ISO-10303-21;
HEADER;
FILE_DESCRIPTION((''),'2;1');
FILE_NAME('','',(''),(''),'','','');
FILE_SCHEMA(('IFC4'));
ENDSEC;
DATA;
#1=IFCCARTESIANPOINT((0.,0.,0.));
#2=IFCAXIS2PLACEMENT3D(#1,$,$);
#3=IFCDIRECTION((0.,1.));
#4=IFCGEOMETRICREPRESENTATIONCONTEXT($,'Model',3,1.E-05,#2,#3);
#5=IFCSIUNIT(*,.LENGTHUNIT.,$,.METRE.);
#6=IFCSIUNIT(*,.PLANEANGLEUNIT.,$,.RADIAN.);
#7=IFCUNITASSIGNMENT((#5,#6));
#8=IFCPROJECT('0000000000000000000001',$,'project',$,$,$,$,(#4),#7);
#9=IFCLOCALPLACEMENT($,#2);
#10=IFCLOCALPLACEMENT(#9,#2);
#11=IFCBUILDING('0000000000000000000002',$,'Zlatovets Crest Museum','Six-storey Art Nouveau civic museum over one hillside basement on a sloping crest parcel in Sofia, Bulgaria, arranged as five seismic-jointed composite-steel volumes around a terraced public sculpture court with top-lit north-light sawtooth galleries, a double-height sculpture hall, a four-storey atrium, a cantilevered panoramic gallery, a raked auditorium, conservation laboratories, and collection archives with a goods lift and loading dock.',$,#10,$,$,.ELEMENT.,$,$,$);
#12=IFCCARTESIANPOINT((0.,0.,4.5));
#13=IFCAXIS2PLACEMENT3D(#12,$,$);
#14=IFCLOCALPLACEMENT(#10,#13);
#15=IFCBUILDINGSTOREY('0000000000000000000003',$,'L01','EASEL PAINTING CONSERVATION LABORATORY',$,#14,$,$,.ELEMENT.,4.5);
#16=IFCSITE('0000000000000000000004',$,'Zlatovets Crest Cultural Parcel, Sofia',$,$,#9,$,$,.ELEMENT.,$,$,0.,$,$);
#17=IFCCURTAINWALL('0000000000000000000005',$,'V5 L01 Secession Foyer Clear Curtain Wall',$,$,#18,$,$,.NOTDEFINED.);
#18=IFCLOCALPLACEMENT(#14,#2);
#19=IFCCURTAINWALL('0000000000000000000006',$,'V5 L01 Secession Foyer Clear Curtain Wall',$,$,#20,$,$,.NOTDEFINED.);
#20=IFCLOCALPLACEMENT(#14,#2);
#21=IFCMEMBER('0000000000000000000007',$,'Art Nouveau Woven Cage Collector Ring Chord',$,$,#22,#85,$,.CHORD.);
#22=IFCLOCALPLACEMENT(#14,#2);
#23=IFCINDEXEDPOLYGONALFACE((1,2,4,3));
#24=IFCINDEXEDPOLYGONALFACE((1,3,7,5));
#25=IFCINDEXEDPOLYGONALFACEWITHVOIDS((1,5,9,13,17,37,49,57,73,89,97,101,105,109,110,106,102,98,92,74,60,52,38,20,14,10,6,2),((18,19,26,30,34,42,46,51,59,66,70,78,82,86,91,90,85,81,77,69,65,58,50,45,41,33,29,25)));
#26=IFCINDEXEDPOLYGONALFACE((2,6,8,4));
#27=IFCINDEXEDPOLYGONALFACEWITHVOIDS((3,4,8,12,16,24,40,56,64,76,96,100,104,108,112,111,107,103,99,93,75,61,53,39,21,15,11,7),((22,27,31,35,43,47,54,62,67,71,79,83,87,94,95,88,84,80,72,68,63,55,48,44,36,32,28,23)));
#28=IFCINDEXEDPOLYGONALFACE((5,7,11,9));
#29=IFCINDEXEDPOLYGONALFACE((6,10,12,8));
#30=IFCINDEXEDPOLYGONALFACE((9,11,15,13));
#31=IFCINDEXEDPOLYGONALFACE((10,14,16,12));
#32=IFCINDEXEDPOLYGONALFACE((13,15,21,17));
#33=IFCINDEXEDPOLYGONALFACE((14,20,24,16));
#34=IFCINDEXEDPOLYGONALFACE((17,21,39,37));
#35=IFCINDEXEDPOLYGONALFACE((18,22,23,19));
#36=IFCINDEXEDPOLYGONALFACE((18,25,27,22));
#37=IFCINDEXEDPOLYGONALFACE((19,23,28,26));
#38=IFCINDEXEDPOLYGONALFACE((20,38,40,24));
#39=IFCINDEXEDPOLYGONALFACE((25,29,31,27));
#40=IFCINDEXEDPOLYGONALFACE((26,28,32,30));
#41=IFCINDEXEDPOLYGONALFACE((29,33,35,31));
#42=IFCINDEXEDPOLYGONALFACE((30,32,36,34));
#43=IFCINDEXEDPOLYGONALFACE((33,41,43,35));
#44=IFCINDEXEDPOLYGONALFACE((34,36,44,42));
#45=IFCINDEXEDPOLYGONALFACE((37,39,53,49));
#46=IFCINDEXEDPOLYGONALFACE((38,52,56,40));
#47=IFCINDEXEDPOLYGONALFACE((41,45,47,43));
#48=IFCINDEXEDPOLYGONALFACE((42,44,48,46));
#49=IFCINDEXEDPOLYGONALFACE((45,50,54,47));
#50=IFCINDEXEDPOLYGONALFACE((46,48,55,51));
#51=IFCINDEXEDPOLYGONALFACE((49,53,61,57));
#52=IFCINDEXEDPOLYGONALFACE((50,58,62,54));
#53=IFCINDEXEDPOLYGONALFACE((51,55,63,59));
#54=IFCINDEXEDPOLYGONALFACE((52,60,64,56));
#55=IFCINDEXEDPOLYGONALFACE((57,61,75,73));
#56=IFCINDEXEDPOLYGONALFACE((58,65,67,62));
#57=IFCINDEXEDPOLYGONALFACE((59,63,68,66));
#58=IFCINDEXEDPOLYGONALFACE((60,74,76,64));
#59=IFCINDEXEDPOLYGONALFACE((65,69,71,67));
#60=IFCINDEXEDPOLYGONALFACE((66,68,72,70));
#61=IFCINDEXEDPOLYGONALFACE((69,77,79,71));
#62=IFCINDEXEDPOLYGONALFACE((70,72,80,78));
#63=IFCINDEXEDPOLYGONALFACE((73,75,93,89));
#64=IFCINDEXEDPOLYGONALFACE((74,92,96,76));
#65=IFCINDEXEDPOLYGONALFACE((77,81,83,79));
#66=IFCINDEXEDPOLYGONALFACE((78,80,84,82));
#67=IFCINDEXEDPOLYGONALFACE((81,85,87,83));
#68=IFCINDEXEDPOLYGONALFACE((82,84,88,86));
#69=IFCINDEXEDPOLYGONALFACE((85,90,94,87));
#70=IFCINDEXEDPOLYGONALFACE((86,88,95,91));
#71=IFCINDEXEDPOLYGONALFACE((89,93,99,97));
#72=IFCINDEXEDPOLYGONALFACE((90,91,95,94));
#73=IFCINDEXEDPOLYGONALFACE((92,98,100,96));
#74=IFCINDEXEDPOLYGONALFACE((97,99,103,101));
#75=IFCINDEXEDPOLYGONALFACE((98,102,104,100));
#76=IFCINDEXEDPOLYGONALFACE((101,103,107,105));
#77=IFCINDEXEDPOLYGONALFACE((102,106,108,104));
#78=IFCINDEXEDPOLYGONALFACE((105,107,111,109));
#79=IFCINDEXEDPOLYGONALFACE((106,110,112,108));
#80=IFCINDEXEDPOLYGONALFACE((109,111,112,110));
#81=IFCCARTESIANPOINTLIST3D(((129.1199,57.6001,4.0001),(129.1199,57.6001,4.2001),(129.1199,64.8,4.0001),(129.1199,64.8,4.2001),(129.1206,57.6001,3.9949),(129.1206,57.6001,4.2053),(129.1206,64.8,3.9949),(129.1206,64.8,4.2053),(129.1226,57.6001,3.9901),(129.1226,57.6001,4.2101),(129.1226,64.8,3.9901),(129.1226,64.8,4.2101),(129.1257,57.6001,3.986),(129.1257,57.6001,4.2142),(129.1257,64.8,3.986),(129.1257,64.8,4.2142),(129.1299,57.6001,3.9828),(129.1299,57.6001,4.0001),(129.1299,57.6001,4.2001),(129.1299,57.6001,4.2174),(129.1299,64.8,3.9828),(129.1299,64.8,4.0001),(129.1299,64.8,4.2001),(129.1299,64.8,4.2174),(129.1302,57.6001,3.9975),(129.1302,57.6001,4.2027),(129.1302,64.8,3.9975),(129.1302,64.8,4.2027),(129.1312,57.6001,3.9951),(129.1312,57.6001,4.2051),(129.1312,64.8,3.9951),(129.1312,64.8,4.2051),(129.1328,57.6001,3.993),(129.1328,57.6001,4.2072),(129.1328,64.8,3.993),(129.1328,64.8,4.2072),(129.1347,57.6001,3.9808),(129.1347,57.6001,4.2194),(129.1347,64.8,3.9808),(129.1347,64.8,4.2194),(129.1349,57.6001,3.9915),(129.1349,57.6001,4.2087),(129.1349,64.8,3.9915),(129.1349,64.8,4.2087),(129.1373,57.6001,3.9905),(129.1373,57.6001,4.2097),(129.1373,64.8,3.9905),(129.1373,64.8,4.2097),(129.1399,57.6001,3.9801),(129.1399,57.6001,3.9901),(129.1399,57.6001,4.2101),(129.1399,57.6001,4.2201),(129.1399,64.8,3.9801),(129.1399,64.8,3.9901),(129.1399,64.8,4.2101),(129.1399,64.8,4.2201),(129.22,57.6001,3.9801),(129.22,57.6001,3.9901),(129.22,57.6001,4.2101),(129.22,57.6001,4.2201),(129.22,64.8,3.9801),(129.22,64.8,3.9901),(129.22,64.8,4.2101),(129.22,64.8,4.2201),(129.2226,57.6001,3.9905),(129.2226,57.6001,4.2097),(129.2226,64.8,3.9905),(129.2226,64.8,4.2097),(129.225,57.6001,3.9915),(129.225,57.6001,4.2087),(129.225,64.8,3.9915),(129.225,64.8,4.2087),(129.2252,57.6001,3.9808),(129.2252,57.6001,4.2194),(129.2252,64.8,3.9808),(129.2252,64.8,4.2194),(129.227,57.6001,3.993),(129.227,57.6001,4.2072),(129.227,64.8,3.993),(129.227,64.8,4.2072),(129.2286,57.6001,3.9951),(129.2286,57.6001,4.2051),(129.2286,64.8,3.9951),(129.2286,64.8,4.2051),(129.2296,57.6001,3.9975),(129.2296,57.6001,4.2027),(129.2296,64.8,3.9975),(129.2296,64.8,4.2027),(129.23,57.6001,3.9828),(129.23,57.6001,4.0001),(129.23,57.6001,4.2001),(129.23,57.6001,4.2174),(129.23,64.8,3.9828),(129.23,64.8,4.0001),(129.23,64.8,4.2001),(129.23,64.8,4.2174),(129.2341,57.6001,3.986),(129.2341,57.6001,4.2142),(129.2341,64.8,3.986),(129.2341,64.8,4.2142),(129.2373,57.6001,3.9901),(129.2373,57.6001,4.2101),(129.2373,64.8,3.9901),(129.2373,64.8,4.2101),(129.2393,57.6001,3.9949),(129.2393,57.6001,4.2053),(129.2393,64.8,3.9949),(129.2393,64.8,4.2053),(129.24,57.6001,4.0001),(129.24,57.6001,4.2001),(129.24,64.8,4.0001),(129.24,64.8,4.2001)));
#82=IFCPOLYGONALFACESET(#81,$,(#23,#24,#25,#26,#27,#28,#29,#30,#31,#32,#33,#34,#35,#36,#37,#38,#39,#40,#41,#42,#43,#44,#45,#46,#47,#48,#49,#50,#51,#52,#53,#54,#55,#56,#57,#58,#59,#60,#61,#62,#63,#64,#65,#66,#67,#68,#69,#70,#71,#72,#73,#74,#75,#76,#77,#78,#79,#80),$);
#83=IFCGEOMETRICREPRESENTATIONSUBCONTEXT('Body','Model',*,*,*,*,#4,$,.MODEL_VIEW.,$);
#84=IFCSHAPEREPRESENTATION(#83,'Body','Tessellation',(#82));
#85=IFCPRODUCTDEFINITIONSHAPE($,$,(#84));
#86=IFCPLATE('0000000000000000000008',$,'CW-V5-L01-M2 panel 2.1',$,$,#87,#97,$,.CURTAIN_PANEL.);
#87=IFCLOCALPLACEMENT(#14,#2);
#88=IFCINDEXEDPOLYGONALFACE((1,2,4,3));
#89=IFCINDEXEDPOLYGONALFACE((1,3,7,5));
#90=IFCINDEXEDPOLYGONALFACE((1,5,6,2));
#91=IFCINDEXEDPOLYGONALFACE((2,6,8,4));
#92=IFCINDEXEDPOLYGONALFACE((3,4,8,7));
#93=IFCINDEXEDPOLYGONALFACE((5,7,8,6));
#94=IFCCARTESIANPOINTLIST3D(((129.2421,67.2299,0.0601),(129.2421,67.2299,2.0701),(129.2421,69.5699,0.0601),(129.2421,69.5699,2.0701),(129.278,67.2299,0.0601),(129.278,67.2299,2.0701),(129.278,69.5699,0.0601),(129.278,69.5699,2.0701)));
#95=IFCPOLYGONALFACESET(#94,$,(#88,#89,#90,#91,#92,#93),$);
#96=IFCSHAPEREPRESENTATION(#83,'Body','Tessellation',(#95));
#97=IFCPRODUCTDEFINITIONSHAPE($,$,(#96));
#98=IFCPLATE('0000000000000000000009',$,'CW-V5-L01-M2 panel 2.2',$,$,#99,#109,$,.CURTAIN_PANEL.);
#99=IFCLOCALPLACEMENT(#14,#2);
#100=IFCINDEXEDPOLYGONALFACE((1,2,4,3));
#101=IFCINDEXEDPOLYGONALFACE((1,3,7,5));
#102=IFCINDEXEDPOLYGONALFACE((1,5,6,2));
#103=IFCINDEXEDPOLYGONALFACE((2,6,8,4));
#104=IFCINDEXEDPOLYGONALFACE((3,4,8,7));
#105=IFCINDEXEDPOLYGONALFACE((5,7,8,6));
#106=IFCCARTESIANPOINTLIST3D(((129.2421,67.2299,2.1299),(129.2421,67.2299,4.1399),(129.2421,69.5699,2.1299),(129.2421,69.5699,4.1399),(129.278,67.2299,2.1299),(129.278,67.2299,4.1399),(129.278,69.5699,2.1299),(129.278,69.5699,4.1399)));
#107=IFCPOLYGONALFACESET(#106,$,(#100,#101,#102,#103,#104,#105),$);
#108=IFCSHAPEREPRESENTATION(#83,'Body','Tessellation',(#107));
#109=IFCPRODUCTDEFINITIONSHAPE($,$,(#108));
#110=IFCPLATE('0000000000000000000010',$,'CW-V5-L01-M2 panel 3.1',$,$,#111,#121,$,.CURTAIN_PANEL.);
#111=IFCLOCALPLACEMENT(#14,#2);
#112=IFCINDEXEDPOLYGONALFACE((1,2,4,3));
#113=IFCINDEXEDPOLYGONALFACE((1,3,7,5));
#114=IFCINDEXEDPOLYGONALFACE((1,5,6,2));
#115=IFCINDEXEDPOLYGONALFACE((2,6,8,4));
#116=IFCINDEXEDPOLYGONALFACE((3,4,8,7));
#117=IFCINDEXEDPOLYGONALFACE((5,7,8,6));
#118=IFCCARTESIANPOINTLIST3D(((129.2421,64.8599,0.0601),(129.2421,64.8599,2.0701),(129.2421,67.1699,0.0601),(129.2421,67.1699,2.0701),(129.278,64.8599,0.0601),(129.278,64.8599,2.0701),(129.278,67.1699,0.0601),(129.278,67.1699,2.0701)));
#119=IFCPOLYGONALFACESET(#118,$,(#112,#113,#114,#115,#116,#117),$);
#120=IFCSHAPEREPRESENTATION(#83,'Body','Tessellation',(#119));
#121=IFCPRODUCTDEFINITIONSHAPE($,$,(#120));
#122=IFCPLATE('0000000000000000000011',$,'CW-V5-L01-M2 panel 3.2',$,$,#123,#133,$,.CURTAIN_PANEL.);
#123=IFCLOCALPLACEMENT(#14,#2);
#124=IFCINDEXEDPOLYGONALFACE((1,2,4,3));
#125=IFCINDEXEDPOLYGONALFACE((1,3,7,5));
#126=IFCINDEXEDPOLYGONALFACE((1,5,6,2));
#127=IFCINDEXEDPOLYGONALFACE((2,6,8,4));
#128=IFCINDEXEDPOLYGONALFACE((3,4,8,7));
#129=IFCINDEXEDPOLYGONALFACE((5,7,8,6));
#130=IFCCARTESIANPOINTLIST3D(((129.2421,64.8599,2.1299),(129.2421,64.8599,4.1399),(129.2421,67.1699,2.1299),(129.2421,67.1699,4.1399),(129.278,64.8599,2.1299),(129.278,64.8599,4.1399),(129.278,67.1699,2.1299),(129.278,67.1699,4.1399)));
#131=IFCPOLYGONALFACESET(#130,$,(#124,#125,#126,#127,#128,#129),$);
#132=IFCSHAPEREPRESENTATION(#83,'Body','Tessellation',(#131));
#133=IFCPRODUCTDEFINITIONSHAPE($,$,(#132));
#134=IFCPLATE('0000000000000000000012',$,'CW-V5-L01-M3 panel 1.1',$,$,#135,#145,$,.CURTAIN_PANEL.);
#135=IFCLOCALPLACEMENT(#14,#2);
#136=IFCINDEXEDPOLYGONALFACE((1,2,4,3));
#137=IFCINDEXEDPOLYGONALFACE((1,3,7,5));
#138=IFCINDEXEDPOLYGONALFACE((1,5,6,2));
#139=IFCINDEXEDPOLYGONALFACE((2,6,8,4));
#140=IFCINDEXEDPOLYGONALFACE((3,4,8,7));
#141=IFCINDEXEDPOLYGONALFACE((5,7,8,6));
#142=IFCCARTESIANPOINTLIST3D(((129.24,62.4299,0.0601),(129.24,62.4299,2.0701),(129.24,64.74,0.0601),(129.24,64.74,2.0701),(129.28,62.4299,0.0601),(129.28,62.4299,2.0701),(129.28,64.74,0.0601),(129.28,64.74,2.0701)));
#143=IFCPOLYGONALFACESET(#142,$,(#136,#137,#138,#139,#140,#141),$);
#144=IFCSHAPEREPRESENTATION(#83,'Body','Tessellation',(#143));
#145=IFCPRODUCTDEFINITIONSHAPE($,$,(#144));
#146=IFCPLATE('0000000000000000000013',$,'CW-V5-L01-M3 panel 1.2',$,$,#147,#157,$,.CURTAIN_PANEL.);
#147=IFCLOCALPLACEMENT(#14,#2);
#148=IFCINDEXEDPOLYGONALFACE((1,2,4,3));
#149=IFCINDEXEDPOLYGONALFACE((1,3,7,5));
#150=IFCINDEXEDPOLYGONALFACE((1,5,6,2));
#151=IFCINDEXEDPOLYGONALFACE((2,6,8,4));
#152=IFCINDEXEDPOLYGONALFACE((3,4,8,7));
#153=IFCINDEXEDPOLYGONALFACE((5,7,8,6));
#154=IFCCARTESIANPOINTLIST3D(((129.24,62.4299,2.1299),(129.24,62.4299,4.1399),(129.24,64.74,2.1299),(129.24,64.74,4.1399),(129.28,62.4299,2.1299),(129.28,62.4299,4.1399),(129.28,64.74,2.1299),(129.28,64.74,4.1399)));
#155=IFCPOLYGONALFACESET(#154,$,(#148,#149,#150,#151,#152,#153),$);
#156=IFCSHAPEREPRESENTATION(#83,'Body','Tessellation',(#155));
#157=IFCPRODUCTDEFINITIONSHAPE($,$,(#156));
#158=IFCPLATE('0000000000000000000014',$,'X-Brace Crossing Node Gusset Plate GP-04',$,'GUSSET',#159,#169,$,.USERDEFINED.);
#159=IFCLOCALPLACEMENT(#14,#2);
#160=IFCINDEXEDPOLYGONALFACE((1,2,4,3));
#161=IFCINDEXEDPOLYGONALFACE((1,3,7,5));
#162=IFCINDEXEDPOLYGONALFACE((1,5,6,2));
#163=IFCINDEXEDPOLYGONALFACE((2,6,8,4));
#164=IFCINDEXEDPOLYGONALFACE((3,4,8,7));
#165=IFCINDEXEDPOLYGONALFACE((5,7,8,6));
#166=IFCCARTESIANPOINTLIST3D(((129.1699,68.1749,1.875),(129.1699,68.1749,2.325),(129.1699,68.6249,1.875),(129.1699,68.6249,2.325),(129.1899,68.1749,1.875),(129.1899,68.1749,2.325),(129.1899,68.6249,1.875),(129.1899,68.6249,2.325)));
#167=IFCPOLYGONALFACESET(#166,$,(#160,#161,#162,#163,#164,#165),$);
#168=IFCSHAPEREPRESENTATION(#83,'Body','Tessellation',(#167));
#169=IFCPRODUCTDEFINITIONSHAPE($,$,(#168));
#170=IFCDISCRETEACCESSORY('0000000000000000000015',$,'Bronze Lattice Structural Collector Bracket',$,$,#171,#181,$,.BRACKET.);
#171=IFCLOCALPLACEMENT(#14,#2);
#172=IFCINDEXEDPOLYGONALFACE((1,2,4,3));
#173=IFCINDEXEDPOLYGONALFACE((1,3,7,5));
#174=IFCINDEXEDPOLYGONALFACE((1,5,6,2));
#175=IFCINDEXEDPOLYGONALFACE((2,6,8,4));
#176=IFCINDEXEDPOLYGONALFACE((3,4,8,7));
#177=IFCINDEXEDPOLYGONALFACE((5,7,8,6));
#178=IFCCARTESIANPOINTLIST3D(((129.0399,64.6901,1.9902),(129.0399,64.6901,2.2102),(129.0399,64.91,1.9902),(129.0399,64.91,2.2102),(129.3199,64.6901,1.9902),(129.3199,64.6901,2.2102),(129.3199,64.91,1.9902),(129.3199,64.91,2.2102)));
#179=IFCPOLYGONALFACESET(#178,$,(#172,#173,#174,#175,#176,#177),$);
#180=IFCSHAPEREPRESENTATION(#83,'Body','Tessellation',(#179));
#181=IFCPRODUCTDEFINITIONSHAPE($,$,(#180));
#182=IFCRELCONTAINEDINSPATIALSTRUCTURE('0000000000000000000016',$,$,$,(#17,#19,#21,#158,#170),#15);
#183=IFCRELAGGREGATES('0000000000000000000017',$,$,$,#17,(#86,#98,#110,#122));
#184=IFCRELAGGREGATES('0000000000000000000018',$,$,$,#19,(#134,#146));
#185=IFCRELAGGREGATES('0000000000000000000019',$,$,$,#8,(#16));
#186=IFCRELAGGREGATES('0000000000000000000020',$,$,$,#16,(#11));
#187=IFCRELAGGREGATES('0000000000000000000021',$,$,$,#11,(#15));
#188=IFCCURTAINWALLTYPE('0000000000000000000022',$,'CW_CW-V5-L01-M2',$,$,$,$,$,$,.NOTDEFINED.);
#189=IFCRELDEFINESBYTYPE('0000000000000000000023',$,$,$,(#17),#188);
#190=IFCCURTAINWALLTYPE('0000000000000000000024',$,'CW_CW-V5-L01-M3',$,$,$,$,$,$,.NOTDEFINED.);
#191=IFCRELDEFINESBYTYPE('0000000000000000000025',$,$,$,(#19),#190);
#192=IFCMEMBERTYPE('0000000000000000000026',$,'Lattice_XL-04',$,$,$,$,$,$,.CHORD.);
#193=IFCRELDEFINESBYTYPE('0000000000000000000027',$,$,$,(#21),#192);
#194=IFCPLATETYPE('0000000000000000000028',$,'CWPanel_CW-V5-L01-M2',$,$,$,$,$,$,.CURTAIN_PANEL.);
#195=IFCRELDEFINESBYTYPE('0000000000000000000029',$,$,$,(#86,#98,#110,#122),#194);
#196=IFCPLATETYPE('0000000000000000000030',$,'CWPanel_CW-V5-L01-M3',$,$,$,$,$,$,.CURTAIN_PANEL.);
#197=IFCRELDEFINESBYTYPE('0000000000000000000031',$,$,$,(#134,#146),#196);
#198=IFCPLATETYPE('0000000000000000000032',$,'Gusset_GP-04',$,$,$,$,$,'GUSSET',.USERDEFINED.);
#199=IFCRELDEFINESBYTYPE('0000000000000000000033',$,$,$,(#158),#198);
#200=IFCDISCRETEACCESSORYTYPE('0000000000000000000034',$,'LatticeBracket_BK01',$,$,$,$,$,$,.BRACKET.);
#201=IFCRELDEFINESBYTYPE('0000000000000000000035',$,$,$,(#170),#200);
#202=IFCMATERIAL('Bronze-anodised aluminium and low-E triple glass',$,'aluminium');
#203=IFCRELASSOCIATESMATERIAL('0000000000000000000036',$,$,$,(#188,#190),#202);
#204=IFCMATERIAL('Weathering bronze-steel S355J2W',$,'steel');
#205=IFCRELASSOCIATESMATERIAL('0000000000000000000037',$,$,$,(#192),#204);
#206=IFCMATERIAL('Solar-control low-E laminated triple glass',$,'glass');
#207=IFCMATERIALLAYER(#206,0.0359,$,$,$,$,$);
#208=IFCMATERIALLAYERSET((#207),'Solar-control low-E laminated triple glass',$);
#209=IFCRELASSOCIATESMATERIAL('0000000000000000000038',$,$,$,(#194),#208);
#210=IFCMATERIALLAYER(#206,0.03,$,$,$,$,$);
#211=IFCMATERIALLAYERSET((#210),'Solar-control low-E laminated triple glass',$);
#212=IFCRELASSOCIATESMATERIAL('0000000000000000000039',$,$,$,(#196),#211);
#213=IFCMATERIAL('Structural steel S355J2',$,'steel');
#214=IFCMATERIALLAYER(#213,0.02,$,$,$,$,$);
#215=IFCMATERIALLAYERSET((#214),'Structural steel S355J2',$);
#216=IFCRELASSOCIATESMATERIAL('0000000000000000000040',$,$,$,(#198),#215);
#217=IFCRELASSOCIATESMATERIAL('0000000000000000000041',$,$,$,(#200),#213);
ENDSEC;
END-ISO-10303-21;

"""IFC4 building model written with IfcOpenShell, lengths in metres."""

from ifc_helpers import new_model, si_unit, direction, frame, origin, origin_2d, place, context, subcontext, project, spatial, rectangle, hollow_rectangle, extrude, material, layer, layer_set, material_profile, profile_set, type_object, element, aggregate, save


model = new_model("IFC4")

# Units and contexts
model_context = context("Model", 3, precision=1e-05, world=origin(), true_north=direction((0.0, 1.0)))
body_context = subcontext(model_context, "Body", "Model", "MODEL_VIEW")
ifc_project = project(units=[si_unit("LENGTHUNIT", "METRE"), si_unit("PLANEANGLEUNIT", "RADIAN")], contexts=[model_context])

# Site, building, storey
site_placement = place(None, origin())
site = spatial("IfcSite", under=ifc_project, at=site_placement, Name="Zlatovets Crest Cultural Parcel, Sofia", CompositionType="ELEMENT", RefElevation=0.0)
building_placement = place(site_placement, origin())
building = spatial("IfcBuilding", under=site, at=building_placement, Name="Zlatovets Crest Museum", Description="Six-storey Art Nouveau civic museum over one hillside basement on a sloping crest parcel in Sofia, Bulgaria, arranged as five seismic-jointed composite-steel volumes around a terraced public sculpture court with top-lit north-light sawtooth galleries, a double-height sculpture hall, a four-storey atrium, a cantilevered panoramic gallery, a raked auditorium, conservation laboratories, and collection archives with a goods lift and loading dock.", CompositionType="ELEMENT")
storey_placement = place(building_placement, frame((0.0, 0.0, 4.5)))
storey = spatial("IfcBuildingStorey", under=building, at=storey_placement, Name="L01", Description="EASEL PAINTING CONSERVATION LABORATORY", CompositionType="ELEMENT", Elevation=4.5)

# Shared definitions
ifc_material_1 = material(Name="Structural steel S355J2", Category="steel")

# Curtain walls
ifc_material_2 = material(Name="Bronze-anodised aluminium and low-E triple glass", Category="aluminium")
curtain_wall_type_1 = type_object("IfcCurtainWallType", Name="CW_CW-V5-L01-M2", PredefinedType="NOTDEFINED", material=ifc_material_2)
curtain_wall_1_placement = place(storey_placement, origin())
curtain_wall_1 = element("IfcCurtainWall", 1, at=curtain_wall_1_placement, inside=storey, type_object=curtain_wall_type_1, Name="V5 L01 Secession Foyer Clear Curtain Wall", PredefinedType="NOTDEFINED")
curtain_wall_type_2 = type_object("IfcCurtainWallType", Name="CW_CW-V5-L01-M3", PredefinedType="NOTDEFINED", material=ifc_material_2)
curtain_wall_2_placement = place(storey_placement, origin())
curtain_wall_2 = element("IfcCurtainWall", 2, at=curtain_wall_2_placement, inside=storey, type_object=curtain_wall_type_2, Name="V5 L01 Secession Foyer Clear Curtain Wall", PredefinedType="NOTDEFINED")

# Member
ifc_material_3 = material(Name="Weathering bronze-steel S355J2W", Category="steel")
ifc_material_profile_1 = material_profile(ifc_material_3, hollow_rectangle(XDim=0.1201, YDim=0.24, WallThickness=0.01, InnerFilletRadius=0.01, OuterFilletRadius=0.02, at=origin_2d()), Name="RHS 120x240x10.0")
ifc_profile_set_1 = profile_set([ifc_material_profile_1], Name="Weathering bronze-steel S355J2W")
member_type_1 = type_object("IfcMemberType", Name="Lattice_XL-04", PredefinedType="CHORD", material=ifc_profile_set_1)
member_1_placement = place(storey_placement, frame((129.1799, 64.8, 4.1001), z_axis=(0.0, -1.0, 0.0), x_axis=(1.0, 0.0, 0.0)))
element("IfcMember", 3, at=member_1_placement, inside=storey, type_object=member_type_1, Name="Art Nouveau Woven Cage Collector Ring Chord", PredefinedType="CHORD", context=body_context, shape_type="SweptSolid", body=[
    extrude(hollow_rectangle(XDim=0.1201, YDim=0.24, WallThickness=0.01, InnerFilletRadius=0.01, OuterFilletRadius=0.02, at=origin_2d()), origin(), (0.0, 0.0, 1.0), 7.2),
])

# Plates
ifc_material_4 = material(Name="Solar-control low-E laminated triple glass", Category="glass")
ifc_layer_1 = layer(ifc_material_4, 0.0359)
ifc_layer_set_1 = layer_set([ifc_layer_1], Name="Solar-control low-E laminated triple glass")
plate_type_1 = type_object("IfcPlateType", Name="CWPanel_CW-V5-L01-M2", PredefinedType="CURTAIN_PANEL", material=ifc_layer_set_1)
plate_1_placement = place(storey_placement, frame((129.26, 68.3999, 0.0601), z_axis=(0.0, 0.0, 1.0), x_axis=(0.0, -1.0, 0.0)))
plate_1 = element("IfcPlate", 4, at=plate_1_placement, type_object=plate_type_1, Name="CW-V5-L01-M2 panel 2.1", PredefinedType="CURTAIN_PANEL", context=body_context, shape_type="SweptSolid", body=[
    extrude(rectangle(XDim=2.3401, YDim=0.0359, at=origin_2d()), origin(), (0.0, 0.0, 1.0), 2.01),
])
plate_2_placement = place(storey_placement, frame((129.26, 68.3999, 2.1299), z_axis=(0.0, 0.0, 1.0), x_axis=(0.0, -1.0, 0.0)))
plate_2 = element("IfcPlate", 5, at=plate_2_placement, type_object=plate_type_1, Name="CW-V5-L01-M2 panel 2.2", PredefinedType="CURTAIN_PANEL", context=body_context, shape_type="SweptSolid", body=[
    extrude(rectangle(XDim=2.3401, YDim=0.0359, at=origin_2d()), origin(), (0.0, 0.0, 1.0), 2.01),
])
plate_3_placement = place(storey_placement, frame((129.26, 66.0149, 0.0601), z_axis=(0.0, 0.0, 1.0), x_axis=(0.0, -1.0, 0.0)))
plate_3 = element("IfcPlate", 6, at=plate_3_placement, type_object=plate_type_1, Name="CW-V5-L01-M2 panel 3.1", PredefinedType="CURTAIN_PANEL", context=body_context, shape_type="SweptSolid", body=[
    extrude(rectangle(XDim=2.3101, YDim=0.0359, at=origin_2d()), origin(), (0.0, 0.0, 1.0), 2.01),
])
plate_4_placement = place(storey_placement, frame((129.26, 66.0149, 2.1299), z_axis=(0.0, 0.0, 1.0), x_axis=(0.0, -1.0, 0.0)))
plate_4 = element("IfcPlate", 7, at=plate_4_placement, type_object=plate_type_1, Name="CW-V5-L01-M2 panel 3.2", PredefinedType="CURTAIN_PANEL", context=body_context, shape_type="SweptSolid", body=[
    extrude(rectangle(XDim=2.3101, YDim=0.0359, at=origin_2d()), origin(), (0.0, 0.0, 1.0), 2.01),
])
aggregate(curtain_wall_1, [plate_1, plate_2, plate_3, plate_4])
ifc_layer_2 = layer(ifc_material_4, 0.03)
ifc_layer_set_2 = layer_set([ifc_layer_2], Name="Solar-control low-E laminated triple glass")
plate_type_2 = type_object("IfcPlateType", Name="CWPanel_CW-V5-L01-M3", PredefinedType="CURTAIN_PANEL", material=ifc_layer_set_2)
plate_5_placement = place(storey_placement, frame((129.26, 63.585, 0.0601), z_axis=(0.0, 0.0, 1.0), x_axis=(0.0, -1.0, 0.0)))
plate_5 = element("IfcPlate", 8, at=plate_5_placement, type_object=plate_type_2, Name="CW-V5-L01-M3 panel 1.1", PredefinedType="CURTAIN_PANEL", context=body_context, shape_type="SweptSolid", body=[
    extrude(rectangle(XDim=2.3101, YDim=0.04, at=origin_2d()), origin(), (0.0, 0.0, 1.0), 2.01),
])
plate_6_placement = place(storey_placement, frame((129.26, 63.585, 2.1299), z_axis=(0.0, 0.0, 1.0), x_axis=(0.0, -1.0, 0.0)))
plate_6 = element("IfcPlate", 9, at=plate_6_placement, type_object=plate_type_2, Name="CW-V5-L01-M3 panel 1.2", PredefinedType="CURTAIN_PANEL", context=body_context, shape_type="SweptSolid", body=[
    extrude(rectangle(XDim=2.3101, YDim=0.04, at=origin_2d()), origin(), (0.0, 0.0, 1.0), 2.01),
])
aggregate(curtain_wall_2, [plate_5, plate_6])
ifc_layer_3 = layer(ifc_material_1, 0.02)
ifc_layer_set_3 = layer_set([ifc_layer_3], Name="Structural steel S355J2")
plate_type_3 = type_object("IfcPlateType", Name="Gusset_GP-04", ElementType="GUSSET", PredefinedType="USERDEFINED", material=ifc_layer_set_3)
plate_7_placement = place(storey_placement, frame((129.1799, 68.3999, 1.875), z_axis=(0.0, 0.0, 1.0), x_axis=(1.0, 0.0, 0.0)))
element("IfcPlate", 10, at=plate_7_placement, inside=storey, type_object=plate_type_3, Name="X-Brace Crossing Node Gusset Plate GP-04", ObjectType="GUSSET", PredefinedType="USERDEFINED", context=body_context, shape_type="SweptSolid", body=[
    extrude(rectangle(XDim=0.02, YDim=0.45, at=origin_2d()), origin(), (0.0, 0.0, 1.0), 0.45),
])

# Discrete accessory
discrete_accessory_type = type_object("IfcDiscreteAccessoryType", Name="LatticeBracket_BK01", PredefinedType="BRACKET", material=ifc_material_1)
discrete_accessory_placement = place(storey_placement, frame((129.1799, 64.8, 1.9902), z_axis=(0.0, 0.0, 1.0), x_axis=(1.0, 0.0, 0.0)))
element("IfcDiscreteAccessory", 11, at=discrete_accessory_placement, inside=storey, type_object=discrete_accessory_type, Name="Bronze Lattice Structural Collector Bracket", PredefinedType="BRACKET", context=body_context, shape_type="SweptSolid", body=[
    extrude(rectangle(XDim=0.28, YDim=0.22, at=origin_2d()), origin(), (0.0, 0.0, 1.0), 0.22),
])

save(model, "model.ifc")
